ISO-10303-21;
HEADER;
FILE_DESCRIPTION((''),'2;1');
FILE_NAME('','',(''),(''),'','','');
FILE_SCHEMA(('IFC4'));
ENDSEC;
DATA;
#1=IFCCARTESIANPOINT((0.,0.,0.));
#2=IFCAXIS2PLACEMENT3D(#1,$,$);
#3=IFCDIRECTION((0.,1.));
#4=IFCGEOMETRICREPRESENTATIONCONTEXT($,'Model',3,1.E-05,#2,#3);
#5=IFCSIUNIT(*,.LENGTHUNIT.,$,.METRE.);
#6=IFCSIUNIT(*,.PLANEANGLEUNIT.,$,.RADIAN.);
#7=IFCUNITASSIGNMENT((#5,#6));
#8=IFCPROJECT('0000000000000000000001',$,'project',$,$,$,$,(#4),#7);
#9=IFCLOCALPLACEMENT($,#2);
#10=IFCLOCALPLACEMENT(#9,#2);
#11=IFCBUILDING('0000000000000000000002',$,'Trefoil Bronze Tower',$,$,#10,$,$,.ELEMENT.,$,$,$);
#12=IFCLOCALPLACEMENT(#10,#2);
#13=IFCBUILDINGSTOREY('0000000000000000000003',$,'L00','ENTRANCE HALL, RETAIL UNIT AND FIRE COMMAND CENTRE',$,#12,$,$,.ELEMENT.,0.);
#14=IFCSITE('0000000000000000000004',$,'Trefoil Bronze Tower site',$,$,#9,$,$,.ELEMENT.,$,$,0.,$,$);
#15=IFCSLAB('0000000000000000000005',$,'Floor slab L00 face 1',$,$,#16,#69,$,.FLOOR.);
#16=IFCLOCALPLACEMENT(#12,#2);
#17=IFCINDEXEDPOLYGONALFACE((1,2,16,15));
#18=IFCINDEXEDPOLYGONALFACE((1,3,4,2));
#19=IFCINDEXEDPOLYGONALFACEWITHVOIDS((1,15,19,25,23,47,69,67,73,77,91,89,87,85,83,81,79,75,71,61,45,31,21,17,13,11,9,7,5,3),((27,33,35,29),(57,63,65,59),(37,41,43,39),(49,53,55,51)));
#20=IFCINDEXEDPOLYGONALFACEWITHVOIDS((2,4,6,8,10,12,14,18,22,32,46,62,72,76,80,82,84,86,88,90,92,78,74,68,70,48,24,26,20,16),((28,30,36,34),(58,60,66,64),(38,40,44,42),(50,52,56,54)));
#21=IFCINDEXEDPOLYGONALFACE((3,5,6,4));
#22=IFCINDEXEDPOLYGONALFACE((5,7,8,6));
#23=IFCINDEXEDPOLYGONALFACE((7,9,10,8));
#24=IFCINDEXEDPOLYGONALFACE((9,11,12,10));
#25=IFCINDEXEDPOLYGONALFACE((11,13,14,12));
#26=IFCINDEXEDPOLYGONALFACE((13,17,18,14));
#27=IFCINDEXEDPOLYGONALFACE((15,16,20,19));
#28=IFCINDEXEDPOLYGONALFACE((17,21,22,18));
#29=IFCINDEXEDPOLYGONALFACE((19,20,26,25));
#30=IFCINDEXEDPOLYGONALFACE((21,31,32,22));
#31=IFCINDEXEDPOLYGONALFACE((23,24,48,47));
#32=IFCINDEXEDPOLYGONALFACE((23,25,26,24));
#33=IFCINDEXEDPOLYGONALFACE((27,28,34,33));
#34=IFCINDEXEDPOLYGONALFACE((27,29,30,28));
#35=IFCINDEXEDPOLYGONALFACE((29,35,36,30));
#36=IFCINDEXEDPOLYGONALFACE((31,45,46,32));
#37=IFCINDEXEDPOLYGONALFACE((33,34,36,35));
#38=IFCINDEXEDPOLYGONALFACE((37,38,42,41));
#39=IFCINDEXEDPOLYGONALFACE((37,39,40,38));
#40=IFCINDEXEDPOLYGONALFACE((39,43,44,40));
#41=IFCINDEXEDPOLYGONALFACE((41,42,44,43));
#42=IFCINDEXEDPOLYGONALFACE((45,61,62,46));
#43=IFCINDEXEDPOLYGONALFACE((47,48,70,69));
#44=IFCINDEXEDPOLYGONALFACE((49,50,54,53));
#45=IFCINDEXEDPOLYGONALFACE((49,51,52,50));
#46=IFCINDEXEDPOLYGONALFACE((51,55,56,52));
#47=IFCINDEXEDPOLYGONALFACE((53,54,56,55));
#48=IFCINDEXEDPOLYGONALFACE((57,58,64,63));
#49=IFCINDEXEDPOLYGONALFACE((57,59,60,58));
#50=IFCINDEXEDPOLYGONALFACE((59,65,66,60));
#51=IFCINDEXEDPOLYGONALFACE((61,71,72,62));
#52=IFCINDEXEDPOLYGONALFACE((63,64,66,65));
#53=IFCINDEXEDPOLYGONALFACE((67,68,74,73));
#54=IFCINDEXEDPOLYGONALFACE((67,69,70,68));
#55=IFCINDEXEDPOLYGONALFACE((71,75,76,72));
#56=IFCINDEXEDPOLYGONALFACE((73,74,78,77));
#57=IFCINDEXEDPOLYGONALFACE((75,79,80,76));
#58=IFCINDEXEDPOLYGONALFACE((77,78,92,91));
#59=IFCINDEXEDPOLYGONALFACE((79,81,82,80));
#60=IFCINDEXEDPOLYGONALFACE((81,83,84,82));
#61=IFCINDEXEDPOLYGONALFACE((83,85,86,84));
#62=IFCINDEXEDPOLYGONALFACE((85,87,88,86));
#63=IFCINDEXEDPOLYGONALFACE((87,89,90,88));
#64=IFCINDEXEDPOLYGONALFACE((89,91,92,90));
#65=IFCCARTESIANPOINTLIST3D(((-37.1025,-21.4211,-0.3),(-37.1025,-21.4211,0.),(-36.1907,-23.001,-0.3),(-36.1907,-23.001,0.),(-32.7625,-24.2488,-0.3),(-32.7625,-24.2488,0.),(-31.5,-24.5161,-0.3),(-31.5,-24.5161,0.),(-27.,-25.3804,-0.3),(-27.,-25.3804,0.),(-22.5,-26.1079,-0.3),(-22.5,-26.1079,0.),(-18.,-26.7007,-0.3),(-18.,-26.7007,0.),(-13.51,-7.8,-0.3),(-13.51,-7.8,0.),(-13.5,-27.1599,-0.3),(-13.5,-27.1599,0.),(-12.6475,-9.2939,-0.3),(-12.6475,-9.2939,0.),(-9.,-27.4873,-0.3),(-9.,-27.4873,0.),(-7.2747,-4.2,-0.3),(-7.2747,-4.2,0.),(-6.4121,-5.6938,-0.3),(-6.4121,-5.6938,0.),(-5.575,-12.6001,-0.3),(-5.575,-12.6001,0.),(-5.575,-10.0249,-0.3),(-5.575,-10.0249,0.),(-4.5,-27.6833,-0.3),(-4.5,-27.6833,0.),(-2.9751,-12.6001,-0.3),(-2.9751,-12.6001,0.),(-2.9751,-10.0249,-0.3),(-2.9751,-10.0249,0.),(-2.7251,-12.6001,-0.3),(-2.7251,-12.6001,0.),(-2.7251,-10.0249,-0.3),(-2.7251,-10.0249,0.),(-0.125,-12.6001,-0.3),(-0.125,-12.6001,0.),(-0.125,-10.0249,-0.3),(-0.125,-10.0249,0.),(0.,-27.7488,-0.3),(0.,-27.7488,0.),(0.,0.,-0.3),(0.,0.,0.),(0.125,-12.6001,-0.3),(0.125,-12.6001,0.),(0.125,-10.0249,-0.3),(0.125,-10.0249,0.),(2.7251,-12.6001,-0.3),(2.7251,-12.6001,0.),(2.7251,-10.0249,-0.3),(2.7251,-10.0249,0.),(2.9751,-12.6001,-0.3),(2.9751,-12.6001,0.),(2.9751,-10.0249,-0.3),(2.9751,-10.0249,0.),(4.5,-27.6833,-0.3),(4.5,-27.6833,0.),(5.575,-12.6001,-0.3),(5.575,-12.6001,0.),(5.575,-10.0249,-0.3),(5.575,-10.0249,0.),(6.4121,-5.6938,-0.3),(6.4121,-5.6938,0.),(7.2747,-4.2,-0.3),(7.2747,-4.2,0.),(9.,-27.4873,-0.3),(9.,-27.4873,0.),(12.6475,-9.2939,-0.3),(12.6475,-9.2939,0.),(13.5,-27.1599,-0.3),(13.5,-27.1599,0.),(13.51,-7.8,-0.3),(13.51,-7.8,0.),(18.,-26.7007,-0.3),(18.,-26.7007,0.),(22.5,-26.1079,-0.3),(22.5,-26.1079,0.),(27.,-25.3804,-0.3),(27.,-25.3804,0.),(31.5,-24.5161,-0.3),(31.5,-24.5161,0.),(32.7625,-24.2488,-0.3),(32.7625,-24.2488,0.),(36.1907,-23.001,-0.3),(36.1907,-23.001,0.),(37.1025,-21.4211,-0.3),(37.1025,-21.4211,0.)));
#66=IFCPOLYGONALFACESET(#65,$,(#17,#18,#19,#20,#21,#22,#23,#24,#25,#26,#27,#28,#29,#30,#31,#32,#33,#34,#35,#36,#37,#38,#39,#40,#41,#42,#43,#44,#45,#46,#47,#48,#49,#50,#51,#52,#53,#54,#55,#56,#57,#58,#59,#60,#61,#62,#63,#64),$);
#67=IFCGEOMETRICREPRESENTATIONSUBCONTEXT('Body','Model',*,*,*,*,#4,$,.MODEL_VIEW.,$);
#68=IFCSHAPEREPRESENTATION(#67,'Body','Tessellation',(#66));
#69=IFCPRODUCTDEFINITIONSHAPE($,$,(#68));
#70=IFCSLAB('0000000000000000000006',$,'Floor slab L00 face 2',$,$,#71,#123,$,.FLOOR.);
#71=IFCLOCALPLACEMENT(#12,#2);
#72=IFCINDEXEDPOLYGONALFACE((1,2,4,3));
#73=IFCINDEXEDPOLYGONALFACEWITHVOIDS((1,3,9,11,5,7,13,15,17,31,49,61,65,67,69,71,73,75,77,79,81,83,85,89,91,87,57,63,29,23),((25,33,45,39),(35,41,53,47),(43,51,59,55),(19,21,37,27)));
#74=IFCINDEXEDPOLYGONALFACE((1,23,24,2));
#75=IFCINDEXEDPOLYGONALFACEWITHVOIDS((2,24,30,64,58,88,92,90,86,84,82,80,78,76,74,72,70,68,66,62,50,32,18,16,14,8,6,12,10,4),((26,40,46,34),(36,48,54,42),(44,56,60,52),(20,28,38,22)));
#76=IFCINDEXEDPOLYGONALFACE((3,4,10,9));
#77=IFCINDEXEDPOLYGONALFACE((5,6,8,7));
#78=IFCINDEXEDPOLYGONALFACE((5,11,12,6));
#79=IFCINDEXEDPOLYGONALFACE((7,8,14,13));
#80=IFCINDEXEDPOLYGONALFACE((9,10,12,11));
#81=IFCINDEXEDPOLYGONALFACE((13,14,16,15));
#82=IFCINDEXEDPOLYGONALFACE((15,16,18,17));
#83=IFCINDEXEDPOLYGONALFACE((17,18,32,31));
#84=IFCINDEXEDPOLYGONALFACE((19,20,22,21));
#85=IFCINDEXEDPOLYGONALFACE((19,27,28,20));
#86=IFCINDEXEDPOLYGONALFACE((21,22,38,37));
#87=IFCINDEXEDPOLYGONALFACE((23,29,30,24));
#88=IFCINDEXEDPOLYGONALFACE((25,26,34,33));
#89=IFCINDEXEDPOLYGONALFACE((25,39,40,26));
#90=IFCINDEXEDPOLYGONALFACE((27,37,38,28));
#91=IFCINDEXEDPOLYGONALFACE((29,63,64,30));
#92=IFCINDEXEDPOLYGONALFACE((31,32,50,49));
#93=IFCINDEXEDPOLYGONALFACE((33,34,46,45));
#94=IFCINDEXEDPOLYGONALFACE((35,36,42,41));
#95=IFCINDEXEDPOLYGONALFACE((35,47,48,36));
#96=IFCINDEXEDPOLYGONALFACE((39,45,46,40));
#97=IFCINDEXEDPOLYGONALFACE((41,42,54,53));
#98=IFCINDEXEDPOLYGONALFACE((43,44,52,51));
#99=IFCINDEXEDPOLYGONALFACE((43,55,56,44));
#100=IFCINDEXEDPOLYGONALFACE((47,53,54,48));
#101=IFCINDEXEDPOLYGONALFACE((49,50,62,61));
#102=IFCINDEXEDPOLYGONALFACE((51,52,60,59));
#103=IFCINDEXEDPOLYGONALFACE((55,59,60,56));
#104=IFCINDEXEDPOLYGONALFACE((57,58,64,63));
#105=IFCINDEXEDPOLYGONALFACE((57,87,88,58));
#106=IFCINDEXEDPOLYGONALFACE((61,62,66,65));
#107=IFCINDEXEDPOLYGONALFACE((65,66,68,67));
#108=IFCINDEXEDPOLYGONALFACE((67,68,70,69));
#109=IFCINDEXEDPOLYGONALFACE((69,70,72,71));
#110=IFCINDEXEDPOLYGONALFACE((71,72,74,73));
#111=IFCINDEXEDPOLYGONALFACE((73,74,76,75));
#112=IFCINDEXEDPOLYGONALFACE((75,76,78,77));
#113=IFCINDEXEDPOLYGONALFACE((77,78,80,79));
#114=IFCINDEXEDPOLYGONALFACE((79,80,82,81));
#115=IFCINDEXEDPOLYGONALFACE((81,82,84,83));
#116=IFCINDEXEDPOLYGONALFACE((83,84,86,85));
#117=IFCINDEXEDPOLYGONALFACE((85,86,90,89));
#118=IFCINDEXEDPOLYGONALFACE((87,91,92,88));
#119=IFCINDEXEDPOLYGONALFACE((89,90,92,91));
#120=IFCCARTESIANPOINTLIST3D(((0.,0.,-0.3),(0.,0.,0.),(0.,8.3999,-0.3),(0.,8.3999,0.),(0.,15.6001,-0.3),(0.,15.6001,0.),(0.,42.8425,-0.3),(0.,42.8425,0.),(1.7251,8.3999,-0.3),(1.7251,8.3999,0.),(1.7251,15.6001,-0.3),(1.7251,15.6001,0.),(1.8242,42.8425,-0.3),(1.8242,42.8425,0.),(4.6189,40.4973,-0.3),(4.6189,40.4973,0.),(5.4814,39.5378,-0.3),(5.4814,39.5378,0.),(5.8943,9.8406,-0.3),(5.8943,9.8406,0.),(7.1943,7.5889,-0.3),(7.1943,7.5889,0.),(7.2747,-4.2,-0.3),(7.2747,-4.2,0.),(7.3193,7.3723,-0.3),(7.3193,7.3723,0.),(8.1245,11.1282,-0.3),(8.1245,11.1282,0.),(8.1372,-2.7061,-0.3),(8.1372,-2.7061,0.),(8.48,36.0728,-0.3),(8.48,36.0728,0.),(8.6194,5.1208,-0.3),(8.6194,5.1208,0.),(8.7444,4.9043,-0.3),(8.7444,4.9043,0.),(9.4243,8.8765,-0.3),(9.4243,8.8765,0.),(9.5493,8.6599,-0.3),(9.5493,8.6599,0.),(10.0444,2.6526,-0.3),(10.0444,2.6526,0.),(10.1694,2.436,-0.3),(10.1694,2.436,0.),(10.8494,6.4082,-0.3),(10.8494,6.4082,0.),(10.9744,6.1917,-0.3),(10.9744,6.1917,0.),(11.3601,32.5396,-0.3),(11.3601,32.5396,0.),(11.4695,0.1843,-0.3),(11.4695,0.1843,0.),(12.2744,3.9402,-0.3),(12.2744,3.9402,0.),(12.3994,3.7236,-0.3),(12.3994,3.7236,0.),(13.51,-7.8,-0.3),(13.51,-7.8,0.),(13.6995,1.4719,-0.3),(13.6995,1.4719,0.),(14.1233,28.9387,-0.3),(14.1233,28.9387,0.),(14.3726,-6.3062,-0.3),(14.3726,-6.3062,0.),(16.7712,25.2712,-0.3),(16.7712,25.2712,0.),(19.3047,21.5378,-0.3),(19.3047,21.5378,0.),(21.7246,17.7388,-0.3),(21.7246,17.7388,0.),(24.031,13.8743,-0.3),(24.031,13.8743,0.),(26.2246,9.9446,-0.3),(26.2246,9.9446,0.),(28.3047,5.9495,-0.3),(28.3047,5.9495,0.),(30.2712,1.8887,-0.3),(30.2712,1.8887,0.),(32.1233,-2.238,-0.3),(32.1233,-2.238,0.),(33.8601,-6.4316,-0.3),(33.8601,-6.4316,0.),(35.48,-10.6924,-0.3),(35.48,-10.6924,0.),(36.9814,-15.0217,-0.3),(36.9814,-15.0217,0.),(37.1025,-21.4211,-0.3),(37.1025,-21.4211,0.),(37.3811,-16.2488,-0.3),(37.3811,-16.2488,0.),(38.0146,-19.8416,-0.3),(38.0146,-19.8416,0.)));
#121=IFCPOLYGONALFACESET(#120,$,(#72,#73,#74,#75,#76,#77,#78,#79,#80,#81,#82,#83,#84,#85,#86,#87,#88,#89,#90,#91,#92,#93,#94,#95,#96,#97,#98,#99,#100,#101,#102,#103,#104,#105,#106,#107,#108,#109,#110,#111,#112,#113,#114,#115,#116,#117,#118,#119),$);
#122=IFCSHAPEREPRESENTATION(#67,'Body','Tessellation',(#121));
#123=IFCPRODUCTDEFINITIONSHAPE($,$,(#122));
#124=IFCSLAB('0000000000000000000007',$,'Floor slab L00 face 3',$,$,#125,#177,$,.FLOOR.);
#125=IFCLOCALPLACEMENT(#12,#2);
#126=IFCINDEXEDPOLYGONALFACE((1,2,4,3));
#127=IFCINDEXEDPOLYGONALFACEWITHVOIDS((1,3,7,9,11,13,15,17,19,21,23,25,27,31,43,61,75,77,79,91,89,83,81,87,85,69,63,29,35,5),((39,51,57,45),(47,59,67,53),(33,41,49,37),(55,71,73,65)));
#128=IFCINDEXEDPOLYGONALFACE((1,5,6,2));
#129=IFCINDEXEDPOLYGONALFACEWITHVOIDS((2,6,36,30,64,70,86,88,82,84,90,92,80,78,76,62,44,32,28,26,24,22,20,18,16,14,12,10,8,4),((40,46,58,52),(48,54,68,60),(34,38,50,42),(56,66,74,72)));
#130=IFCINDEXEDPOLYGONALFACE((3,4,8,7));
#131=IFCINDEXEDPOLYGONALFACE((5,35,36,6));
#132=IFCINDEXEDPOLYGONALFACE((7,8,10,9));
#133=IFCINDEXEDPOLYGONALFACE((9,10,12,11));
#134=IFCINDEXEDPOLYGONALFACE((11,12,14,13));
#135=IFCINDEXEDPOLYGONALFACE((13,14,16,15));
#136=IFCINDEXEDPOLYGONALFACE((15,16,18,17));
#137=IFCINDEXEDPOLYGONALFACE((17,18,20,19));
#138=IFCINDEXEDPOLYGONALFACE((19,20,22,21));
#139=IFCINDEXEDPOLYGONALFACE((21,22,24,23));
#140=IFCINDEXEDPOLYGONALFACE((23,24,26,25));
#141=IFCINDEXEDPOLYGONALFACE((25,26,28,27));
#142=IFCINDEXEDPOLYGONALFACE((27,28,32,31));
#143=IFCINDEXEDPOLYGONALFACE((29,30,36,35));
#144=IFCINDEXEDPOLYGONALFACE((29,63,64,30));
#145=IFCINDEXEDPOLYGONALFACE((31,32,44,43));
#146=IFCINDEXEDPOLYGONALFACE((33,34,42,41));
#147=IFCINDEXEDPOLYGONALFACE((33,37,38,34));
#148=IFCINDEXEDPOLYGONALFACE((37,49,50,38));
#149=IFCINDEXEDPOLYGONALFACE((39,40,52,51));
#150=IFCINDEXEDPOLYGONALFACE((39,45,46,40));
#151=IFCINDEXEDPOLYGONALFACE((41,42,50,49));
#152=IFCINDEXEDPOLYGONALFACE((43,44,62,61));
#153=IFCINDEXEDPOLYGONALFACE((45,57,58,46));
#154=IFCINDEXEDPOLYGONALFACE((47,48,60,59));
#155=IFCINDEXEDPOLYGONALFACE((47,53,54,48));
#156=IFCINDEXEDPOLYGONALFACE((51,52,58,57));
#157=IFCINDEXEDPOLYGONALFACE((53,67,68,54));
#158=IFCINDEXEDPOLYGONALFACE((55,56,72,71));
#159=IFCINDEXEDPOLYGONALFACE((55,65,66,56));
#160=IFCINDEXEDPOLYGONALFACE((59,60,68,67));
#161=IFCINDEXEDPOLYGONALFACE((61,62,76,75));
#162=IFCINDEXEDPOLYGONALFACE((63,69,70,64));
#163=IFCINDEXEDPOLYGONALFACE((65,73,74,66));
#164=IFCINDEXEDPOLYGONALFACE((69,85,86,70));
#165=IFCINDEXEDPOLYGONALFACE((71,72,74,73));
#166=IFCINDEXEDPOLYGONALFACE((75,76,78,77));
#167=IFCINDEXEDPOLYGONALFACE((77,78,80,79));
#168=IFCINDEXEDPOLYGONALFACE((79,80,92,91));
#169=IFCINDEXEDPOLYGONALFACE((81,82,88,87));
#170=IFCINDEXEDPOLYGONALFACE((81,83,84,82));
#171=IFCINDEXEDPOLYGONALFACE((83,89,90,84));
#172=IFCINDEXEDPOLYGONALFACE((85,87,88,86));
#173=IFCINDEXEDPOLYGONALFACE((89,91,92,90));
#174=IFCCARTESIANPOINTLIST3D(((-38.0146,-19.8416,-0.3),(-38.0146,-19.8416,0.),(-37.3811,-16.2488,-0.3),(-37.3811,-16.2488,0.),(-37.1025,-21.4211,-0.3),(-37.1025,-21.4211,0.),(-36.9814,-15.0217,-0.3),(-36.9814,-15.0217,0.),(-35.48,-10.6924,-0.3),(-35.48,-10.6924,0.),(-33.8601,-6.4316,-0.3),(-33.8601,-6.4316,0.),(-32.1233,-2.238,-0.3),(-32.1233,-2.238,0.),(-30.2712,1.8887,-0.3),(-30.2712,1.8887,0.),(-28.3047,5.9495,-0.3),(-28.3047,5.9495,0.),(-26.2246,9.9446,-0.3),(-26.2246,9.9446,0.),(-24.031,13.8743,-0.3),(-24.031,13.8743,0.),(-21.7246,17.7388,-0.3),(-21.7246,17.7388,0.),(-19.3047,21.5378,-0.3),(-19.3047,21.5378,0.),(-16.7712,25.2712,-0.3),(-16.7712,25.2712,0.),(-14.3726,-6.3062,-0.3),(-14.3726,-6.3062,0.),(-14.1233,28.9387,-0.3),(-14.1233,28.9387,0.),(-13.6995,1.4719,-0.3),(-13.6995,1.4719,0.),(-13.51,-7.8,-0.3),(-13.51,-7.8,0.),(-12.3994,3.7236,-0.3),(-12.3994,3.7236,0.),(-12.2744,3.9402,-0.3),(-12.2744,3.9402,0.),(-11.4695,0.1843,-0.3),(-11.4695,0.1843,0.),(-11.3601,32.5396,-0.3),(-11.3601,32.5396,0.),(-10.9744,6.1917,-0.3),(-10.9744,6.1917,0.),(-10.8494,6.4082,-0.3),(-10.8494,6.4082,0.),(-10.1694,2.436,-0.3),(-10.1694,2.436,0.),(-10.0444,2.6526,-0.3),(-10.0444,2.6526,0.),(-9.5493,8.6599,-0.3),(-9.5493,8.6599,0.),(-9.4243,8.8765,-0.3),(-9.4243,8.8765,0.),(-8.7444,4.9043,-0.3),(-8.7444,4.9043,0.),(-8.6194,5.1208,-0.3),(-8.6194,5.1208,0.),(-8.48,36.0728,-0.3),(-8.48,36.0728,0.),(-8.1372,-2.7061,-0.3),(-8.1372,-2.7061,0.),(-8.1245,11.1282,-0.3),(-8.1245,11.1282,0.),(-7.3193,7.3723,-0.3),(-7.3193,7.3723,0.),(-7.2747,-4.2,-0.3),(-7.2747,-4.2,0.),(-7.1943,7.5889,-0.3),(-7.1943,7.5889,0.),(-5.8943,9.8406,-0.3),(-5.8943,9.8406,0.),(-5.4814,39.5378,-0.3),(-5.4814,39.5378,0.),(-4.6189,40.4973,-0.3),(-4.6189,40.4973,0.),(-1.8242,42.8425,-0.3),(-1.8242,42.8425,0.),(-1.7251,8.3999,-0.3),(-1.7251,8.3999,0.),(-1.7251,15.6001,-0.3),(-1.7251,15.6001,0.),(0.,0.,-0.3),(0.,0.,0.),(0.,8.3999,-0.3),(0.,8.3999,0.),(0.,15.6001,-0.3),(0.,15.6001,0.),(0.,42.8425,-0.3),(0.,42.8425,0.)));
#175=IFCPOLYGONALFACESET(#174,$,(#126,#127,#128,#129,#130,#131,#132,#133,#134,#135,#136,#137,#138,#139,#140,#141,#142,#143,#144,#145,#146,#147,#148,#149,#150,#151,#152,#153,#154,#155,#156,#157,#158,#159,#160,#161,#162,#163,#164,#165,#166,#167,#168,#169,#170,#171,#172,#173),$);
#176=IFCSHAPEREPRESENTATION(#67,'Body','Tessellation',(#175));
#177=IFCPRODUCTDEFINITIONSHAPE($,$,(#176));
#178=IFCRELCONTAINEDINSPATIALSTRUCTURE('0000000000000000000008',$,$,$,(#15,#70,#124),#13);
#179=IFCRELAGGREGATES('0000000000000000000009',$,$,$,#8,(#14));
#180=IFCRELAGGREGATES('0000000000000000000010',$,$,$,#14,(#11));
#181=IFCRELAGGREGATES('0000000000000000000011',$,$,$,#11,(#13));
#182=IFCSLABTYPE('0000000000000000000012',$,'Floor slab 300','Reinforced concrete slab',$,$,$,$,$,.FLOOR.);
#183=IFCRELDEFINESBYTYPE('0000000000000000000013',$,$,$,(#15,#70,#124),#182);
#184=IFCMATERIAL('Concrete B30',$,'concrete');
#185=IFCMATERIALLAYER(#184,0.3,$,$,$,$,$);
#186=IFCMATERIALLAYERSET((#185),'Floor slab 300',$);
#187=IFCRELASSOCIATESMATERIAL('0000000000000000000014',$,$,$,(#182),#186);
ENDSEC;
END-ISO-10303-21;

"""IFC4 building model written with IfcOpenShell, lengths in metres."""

from ifc_helpers import new_model, si_unit, direction, frame, origin, place, context, subcontext, project, spatial, polyline, outline, extrude, material, layer, layer_set, type_object, element, save


model = new_model("IFC4")

# Units and contexts
model_context = context("Model", 3, precision=1e-05, world=origin(), true_north=direction((0.0, 1.0)))
body_context = subcontext(model_context, "Body", "Model", "MODEL_VIEW")
ifc_project = project(units=[si_unit("LENGTHUNIT", "METRE"), si_unit("PLANEANGLEUNIT", "RADIAN")], contexts=[model_context])

# Site, building, storey
site_placement = place(None, origin())
site = spatial("IfcSite", under=ifc_project, at=site_placement, Name="Trefoil Bronze Tower site", CompositionType="ELEMENT", RefElevation=0.0)
building_placement = place(site_placement, origin())
building = spatial("IfcBuilding", under=site, at=building_placement, Name="Trefoil Bronze Tower", CompositionType="ELEMENT")
storey_placement = place(building_placement, origin())
storey = spatial("IfcBuildingStorey", under=building, at=storey_placement, Name="L00", Description="ENTRANCE HALL, RETAIL UNIT AND FIRE COMMAND CENTRE", CompositionType="ELEMENT", Elevation=0.0)

# Slabs
ifc_material_1 = material(Name="Concrete B30", Category="concrete")
ifc_layer_1 = layer(ifc_material_1, 0.3)
ifc_layer_set_1 = layer_set([ifc_layer_1], Name="Floor slab 300")
slab_type_1 = type_object("IfcSlabType", Name="Floor slab 300", Description="Reinforced concrete slab", PredefinedType="FLOOR", material=ifc_layer_set_1)
slab_1_placement = place(storey_placement, frame((0.0, 0.0, -0.3)))
element("IfcSlab", 1, at=slab_1_placement, inside=storey, type_object=slab_type_1, Name="Floor slab L00 face 1", PredefinedType="FLOOR", context=body_context, shape_type="SweptSolid", body=[
    extrude(outline(polyline([(27.0, -25.3804), (22.5, -26.1079), (18.0, -26.7007), (13.5, -27.1599), (9.0, -27.4873), (4.5, -27.6833), (0.0, -27.7488), (-4.5, -27.6833), (-9.0, -27.4873), (-13.5, -27.1599), (-18.0, -26.7007), (-22.5, -26.1079), (-27.0, -25.3804), (-31.5, -24.5161), (-32.7625, -24.2488), (-36.1907, -23.001), (-37.1025, -21.4211), (-13.51, -7.8), (-12.6475, -9.2939), (-6.4121, -5.6938), (-7.2747, -4.2), (0.0, 0.0), (7.2747, -4.2), (6.4121, -5.6938), (12.6475, -9.2939), (13.51, -7.8), (37.1025, -21.4211), (36.1907, -23.001), (32.7625, -24.2488), (31.5, -24.5161), (27.0, -25.3804)]), holes=[polyline([(-5.575, -10.0249), (-2.9751, -10.0249), (-2.9751, -12.6001), (-5.575, -12.6001), (-5.575, -10.0249)]), polyline([(-2.7251, -10.0249), (-0.125, -10.0249), (-0.125, -12.6001), (-2.7251, -12.6001), (-2.7251, -10.0249)]), polyline([(0.125, -10.0249), (2.7251, -10.0249), (2.7251, -12.6001), (0.125, -12.6001), (0.125, -10.0249)]), polyline([(2.9751, -10.0249), (5.575, -10.0249), (5.575, -12.6001), (2.9751, -12.6001), (2.9751, -10.0249)])]), origin(), (0.0, 0.0, 1.0), 0.3),
])
slab_2_placement = place(storey_placement, frame((0.0, 0.0, -0.3)))
element("IfcSlab", 2, at=slab_2_placement, inside=storey, type_object=slab_type_1, Name="Floor slab L00 face 2", PredefinedType="FLOOR", context=body_context, shape_type="SweptSolid", body=[
    extrude(outline(polyline([(8.48, 36.0728), (11.3601, 32.5396), (14.1233, 28.9387), (16.7712, 25.2712), (19.3047, 21.5378), (21.7246, 17.7388), (24.031, 13.8743), (26.2246, 9.9446), (28.3047, 5.9495), (30.2712, 1.8887), (32.1233, -2.238), (33.8601, -6.4316), (35.48, -10.6924), (36.9814, -15.0217), (37.3811, -16.2488), (38.0146, -19.8416), (37.1025, -21.4211), (13.51, -7.8), (14.3726, -6.3062), (8.1372, -2.7061), (7.2747, -4.2), (0.0, 0.0), (0.0, 8.3999), (1.7251, 8.3999), (1.7251, 15.6001), (0.0, 15.6001), (0.0, 42.8425), (1.8242, 42.8425), (4.6189, 40.4973), (5.4814, 39.5378), (8.48, 36.0728)]), holes=[polyline([(11.4695, 0.1843), (10.1694, 2.436), (12.3994, 3.7236), (13.6995, 1.4719), (11.4695, 0.1843)]), polyline([(10.0444, 2.6526), (8.7444, 4.9043), (10.9744, 6.1917), (12.2744, 3.9402), (10.0444, 2.6526)]), polyline([(8.6194, 5.1208), (7.3193, 7.3723), (9.5493, 8.6599), (10.8494, 6.4082), (8.6194, 5.1208)]), polyline([(7.1943, 7.5889), (5.8943, 9.8406), (8.1245, 11.1282), (9.4243, 8.8765), (7.1943, 7.5889)])]), origin(), (0.0, 0.0, 1.0), 0.3),
])
slab_3_placement = place(storey_placement, frame((0.0, 0.0, -0.3)))
element("IfcSlab", 3, at=slab_3_placement, inside=storey, type_object=slab_type_1, Name="Floor slab L00 face 3", PredefinedType="FLOOR", context=body_context, shape_type="SweptSolid", body=[
    extrude(outline(polyline([(-35.48, -10.6924), (-33.8601, -6.4316), (-32.1233, -2.238), (-30.2712, 1.8887), (-28.3047, 5.9495), (-26.2246, 9.9446), (-24.031, 13.8743), (-21.7246, 17.7388), (-19.3047, 21.5378), (-16.7712, 25.2712), (-14.1233, 28.9387), (-11.3601, 32.5396), (-8.48, 36.0728), (-5.4814, 39.5378), (-4.6189, 40.4973), (-1.8242, 42.8425), (0.0, 42.8425), (0.0, 15.6001), (-1.7251, 15.6001), (-1.7251, 8.3999), (0.0, 8.3999), (0.0, 0.0), (-7.2747, -4.2), (-8.1372, -2.7061), (-14.3726, -6.3062), (-13.51, -7.8), (-37.1025, -21.4211), (-38.0146, -19.8416), (-37.3811, -16.2488), (-36.9814, -15.0217), (-35.48, -10.6924)]), holes=[polyline([(-5.8943, 9.8406), (-7.1943, 7.5889), (-9.4243, 8.8765), (-8.1245, 11.1282), (-5.8943, 9.8406)]), polyline([(-7.3193, 7.3723), (-8.6194, 5.1208), (-10.8494, 6.4082), (-9.5493, 8.6599), (-7.3193, 7.3723)]), polyline([(-8.7444, 4.9043), (-10.0444, 2.6526), (-12.2744, 3.9402), (-10.9744, 6.1917), (-8.7444, 4.9043)]), polyline([(-10.1694, 2.436), (-11.4695, 0.1843), (-13.6995, 1.4719), (-12.3994, 3.7236), (-10.1694, 2.436)])]), origin(), (0.0, 0.0, 1.0), 0.3),
])

save(model, "model.ifc")
